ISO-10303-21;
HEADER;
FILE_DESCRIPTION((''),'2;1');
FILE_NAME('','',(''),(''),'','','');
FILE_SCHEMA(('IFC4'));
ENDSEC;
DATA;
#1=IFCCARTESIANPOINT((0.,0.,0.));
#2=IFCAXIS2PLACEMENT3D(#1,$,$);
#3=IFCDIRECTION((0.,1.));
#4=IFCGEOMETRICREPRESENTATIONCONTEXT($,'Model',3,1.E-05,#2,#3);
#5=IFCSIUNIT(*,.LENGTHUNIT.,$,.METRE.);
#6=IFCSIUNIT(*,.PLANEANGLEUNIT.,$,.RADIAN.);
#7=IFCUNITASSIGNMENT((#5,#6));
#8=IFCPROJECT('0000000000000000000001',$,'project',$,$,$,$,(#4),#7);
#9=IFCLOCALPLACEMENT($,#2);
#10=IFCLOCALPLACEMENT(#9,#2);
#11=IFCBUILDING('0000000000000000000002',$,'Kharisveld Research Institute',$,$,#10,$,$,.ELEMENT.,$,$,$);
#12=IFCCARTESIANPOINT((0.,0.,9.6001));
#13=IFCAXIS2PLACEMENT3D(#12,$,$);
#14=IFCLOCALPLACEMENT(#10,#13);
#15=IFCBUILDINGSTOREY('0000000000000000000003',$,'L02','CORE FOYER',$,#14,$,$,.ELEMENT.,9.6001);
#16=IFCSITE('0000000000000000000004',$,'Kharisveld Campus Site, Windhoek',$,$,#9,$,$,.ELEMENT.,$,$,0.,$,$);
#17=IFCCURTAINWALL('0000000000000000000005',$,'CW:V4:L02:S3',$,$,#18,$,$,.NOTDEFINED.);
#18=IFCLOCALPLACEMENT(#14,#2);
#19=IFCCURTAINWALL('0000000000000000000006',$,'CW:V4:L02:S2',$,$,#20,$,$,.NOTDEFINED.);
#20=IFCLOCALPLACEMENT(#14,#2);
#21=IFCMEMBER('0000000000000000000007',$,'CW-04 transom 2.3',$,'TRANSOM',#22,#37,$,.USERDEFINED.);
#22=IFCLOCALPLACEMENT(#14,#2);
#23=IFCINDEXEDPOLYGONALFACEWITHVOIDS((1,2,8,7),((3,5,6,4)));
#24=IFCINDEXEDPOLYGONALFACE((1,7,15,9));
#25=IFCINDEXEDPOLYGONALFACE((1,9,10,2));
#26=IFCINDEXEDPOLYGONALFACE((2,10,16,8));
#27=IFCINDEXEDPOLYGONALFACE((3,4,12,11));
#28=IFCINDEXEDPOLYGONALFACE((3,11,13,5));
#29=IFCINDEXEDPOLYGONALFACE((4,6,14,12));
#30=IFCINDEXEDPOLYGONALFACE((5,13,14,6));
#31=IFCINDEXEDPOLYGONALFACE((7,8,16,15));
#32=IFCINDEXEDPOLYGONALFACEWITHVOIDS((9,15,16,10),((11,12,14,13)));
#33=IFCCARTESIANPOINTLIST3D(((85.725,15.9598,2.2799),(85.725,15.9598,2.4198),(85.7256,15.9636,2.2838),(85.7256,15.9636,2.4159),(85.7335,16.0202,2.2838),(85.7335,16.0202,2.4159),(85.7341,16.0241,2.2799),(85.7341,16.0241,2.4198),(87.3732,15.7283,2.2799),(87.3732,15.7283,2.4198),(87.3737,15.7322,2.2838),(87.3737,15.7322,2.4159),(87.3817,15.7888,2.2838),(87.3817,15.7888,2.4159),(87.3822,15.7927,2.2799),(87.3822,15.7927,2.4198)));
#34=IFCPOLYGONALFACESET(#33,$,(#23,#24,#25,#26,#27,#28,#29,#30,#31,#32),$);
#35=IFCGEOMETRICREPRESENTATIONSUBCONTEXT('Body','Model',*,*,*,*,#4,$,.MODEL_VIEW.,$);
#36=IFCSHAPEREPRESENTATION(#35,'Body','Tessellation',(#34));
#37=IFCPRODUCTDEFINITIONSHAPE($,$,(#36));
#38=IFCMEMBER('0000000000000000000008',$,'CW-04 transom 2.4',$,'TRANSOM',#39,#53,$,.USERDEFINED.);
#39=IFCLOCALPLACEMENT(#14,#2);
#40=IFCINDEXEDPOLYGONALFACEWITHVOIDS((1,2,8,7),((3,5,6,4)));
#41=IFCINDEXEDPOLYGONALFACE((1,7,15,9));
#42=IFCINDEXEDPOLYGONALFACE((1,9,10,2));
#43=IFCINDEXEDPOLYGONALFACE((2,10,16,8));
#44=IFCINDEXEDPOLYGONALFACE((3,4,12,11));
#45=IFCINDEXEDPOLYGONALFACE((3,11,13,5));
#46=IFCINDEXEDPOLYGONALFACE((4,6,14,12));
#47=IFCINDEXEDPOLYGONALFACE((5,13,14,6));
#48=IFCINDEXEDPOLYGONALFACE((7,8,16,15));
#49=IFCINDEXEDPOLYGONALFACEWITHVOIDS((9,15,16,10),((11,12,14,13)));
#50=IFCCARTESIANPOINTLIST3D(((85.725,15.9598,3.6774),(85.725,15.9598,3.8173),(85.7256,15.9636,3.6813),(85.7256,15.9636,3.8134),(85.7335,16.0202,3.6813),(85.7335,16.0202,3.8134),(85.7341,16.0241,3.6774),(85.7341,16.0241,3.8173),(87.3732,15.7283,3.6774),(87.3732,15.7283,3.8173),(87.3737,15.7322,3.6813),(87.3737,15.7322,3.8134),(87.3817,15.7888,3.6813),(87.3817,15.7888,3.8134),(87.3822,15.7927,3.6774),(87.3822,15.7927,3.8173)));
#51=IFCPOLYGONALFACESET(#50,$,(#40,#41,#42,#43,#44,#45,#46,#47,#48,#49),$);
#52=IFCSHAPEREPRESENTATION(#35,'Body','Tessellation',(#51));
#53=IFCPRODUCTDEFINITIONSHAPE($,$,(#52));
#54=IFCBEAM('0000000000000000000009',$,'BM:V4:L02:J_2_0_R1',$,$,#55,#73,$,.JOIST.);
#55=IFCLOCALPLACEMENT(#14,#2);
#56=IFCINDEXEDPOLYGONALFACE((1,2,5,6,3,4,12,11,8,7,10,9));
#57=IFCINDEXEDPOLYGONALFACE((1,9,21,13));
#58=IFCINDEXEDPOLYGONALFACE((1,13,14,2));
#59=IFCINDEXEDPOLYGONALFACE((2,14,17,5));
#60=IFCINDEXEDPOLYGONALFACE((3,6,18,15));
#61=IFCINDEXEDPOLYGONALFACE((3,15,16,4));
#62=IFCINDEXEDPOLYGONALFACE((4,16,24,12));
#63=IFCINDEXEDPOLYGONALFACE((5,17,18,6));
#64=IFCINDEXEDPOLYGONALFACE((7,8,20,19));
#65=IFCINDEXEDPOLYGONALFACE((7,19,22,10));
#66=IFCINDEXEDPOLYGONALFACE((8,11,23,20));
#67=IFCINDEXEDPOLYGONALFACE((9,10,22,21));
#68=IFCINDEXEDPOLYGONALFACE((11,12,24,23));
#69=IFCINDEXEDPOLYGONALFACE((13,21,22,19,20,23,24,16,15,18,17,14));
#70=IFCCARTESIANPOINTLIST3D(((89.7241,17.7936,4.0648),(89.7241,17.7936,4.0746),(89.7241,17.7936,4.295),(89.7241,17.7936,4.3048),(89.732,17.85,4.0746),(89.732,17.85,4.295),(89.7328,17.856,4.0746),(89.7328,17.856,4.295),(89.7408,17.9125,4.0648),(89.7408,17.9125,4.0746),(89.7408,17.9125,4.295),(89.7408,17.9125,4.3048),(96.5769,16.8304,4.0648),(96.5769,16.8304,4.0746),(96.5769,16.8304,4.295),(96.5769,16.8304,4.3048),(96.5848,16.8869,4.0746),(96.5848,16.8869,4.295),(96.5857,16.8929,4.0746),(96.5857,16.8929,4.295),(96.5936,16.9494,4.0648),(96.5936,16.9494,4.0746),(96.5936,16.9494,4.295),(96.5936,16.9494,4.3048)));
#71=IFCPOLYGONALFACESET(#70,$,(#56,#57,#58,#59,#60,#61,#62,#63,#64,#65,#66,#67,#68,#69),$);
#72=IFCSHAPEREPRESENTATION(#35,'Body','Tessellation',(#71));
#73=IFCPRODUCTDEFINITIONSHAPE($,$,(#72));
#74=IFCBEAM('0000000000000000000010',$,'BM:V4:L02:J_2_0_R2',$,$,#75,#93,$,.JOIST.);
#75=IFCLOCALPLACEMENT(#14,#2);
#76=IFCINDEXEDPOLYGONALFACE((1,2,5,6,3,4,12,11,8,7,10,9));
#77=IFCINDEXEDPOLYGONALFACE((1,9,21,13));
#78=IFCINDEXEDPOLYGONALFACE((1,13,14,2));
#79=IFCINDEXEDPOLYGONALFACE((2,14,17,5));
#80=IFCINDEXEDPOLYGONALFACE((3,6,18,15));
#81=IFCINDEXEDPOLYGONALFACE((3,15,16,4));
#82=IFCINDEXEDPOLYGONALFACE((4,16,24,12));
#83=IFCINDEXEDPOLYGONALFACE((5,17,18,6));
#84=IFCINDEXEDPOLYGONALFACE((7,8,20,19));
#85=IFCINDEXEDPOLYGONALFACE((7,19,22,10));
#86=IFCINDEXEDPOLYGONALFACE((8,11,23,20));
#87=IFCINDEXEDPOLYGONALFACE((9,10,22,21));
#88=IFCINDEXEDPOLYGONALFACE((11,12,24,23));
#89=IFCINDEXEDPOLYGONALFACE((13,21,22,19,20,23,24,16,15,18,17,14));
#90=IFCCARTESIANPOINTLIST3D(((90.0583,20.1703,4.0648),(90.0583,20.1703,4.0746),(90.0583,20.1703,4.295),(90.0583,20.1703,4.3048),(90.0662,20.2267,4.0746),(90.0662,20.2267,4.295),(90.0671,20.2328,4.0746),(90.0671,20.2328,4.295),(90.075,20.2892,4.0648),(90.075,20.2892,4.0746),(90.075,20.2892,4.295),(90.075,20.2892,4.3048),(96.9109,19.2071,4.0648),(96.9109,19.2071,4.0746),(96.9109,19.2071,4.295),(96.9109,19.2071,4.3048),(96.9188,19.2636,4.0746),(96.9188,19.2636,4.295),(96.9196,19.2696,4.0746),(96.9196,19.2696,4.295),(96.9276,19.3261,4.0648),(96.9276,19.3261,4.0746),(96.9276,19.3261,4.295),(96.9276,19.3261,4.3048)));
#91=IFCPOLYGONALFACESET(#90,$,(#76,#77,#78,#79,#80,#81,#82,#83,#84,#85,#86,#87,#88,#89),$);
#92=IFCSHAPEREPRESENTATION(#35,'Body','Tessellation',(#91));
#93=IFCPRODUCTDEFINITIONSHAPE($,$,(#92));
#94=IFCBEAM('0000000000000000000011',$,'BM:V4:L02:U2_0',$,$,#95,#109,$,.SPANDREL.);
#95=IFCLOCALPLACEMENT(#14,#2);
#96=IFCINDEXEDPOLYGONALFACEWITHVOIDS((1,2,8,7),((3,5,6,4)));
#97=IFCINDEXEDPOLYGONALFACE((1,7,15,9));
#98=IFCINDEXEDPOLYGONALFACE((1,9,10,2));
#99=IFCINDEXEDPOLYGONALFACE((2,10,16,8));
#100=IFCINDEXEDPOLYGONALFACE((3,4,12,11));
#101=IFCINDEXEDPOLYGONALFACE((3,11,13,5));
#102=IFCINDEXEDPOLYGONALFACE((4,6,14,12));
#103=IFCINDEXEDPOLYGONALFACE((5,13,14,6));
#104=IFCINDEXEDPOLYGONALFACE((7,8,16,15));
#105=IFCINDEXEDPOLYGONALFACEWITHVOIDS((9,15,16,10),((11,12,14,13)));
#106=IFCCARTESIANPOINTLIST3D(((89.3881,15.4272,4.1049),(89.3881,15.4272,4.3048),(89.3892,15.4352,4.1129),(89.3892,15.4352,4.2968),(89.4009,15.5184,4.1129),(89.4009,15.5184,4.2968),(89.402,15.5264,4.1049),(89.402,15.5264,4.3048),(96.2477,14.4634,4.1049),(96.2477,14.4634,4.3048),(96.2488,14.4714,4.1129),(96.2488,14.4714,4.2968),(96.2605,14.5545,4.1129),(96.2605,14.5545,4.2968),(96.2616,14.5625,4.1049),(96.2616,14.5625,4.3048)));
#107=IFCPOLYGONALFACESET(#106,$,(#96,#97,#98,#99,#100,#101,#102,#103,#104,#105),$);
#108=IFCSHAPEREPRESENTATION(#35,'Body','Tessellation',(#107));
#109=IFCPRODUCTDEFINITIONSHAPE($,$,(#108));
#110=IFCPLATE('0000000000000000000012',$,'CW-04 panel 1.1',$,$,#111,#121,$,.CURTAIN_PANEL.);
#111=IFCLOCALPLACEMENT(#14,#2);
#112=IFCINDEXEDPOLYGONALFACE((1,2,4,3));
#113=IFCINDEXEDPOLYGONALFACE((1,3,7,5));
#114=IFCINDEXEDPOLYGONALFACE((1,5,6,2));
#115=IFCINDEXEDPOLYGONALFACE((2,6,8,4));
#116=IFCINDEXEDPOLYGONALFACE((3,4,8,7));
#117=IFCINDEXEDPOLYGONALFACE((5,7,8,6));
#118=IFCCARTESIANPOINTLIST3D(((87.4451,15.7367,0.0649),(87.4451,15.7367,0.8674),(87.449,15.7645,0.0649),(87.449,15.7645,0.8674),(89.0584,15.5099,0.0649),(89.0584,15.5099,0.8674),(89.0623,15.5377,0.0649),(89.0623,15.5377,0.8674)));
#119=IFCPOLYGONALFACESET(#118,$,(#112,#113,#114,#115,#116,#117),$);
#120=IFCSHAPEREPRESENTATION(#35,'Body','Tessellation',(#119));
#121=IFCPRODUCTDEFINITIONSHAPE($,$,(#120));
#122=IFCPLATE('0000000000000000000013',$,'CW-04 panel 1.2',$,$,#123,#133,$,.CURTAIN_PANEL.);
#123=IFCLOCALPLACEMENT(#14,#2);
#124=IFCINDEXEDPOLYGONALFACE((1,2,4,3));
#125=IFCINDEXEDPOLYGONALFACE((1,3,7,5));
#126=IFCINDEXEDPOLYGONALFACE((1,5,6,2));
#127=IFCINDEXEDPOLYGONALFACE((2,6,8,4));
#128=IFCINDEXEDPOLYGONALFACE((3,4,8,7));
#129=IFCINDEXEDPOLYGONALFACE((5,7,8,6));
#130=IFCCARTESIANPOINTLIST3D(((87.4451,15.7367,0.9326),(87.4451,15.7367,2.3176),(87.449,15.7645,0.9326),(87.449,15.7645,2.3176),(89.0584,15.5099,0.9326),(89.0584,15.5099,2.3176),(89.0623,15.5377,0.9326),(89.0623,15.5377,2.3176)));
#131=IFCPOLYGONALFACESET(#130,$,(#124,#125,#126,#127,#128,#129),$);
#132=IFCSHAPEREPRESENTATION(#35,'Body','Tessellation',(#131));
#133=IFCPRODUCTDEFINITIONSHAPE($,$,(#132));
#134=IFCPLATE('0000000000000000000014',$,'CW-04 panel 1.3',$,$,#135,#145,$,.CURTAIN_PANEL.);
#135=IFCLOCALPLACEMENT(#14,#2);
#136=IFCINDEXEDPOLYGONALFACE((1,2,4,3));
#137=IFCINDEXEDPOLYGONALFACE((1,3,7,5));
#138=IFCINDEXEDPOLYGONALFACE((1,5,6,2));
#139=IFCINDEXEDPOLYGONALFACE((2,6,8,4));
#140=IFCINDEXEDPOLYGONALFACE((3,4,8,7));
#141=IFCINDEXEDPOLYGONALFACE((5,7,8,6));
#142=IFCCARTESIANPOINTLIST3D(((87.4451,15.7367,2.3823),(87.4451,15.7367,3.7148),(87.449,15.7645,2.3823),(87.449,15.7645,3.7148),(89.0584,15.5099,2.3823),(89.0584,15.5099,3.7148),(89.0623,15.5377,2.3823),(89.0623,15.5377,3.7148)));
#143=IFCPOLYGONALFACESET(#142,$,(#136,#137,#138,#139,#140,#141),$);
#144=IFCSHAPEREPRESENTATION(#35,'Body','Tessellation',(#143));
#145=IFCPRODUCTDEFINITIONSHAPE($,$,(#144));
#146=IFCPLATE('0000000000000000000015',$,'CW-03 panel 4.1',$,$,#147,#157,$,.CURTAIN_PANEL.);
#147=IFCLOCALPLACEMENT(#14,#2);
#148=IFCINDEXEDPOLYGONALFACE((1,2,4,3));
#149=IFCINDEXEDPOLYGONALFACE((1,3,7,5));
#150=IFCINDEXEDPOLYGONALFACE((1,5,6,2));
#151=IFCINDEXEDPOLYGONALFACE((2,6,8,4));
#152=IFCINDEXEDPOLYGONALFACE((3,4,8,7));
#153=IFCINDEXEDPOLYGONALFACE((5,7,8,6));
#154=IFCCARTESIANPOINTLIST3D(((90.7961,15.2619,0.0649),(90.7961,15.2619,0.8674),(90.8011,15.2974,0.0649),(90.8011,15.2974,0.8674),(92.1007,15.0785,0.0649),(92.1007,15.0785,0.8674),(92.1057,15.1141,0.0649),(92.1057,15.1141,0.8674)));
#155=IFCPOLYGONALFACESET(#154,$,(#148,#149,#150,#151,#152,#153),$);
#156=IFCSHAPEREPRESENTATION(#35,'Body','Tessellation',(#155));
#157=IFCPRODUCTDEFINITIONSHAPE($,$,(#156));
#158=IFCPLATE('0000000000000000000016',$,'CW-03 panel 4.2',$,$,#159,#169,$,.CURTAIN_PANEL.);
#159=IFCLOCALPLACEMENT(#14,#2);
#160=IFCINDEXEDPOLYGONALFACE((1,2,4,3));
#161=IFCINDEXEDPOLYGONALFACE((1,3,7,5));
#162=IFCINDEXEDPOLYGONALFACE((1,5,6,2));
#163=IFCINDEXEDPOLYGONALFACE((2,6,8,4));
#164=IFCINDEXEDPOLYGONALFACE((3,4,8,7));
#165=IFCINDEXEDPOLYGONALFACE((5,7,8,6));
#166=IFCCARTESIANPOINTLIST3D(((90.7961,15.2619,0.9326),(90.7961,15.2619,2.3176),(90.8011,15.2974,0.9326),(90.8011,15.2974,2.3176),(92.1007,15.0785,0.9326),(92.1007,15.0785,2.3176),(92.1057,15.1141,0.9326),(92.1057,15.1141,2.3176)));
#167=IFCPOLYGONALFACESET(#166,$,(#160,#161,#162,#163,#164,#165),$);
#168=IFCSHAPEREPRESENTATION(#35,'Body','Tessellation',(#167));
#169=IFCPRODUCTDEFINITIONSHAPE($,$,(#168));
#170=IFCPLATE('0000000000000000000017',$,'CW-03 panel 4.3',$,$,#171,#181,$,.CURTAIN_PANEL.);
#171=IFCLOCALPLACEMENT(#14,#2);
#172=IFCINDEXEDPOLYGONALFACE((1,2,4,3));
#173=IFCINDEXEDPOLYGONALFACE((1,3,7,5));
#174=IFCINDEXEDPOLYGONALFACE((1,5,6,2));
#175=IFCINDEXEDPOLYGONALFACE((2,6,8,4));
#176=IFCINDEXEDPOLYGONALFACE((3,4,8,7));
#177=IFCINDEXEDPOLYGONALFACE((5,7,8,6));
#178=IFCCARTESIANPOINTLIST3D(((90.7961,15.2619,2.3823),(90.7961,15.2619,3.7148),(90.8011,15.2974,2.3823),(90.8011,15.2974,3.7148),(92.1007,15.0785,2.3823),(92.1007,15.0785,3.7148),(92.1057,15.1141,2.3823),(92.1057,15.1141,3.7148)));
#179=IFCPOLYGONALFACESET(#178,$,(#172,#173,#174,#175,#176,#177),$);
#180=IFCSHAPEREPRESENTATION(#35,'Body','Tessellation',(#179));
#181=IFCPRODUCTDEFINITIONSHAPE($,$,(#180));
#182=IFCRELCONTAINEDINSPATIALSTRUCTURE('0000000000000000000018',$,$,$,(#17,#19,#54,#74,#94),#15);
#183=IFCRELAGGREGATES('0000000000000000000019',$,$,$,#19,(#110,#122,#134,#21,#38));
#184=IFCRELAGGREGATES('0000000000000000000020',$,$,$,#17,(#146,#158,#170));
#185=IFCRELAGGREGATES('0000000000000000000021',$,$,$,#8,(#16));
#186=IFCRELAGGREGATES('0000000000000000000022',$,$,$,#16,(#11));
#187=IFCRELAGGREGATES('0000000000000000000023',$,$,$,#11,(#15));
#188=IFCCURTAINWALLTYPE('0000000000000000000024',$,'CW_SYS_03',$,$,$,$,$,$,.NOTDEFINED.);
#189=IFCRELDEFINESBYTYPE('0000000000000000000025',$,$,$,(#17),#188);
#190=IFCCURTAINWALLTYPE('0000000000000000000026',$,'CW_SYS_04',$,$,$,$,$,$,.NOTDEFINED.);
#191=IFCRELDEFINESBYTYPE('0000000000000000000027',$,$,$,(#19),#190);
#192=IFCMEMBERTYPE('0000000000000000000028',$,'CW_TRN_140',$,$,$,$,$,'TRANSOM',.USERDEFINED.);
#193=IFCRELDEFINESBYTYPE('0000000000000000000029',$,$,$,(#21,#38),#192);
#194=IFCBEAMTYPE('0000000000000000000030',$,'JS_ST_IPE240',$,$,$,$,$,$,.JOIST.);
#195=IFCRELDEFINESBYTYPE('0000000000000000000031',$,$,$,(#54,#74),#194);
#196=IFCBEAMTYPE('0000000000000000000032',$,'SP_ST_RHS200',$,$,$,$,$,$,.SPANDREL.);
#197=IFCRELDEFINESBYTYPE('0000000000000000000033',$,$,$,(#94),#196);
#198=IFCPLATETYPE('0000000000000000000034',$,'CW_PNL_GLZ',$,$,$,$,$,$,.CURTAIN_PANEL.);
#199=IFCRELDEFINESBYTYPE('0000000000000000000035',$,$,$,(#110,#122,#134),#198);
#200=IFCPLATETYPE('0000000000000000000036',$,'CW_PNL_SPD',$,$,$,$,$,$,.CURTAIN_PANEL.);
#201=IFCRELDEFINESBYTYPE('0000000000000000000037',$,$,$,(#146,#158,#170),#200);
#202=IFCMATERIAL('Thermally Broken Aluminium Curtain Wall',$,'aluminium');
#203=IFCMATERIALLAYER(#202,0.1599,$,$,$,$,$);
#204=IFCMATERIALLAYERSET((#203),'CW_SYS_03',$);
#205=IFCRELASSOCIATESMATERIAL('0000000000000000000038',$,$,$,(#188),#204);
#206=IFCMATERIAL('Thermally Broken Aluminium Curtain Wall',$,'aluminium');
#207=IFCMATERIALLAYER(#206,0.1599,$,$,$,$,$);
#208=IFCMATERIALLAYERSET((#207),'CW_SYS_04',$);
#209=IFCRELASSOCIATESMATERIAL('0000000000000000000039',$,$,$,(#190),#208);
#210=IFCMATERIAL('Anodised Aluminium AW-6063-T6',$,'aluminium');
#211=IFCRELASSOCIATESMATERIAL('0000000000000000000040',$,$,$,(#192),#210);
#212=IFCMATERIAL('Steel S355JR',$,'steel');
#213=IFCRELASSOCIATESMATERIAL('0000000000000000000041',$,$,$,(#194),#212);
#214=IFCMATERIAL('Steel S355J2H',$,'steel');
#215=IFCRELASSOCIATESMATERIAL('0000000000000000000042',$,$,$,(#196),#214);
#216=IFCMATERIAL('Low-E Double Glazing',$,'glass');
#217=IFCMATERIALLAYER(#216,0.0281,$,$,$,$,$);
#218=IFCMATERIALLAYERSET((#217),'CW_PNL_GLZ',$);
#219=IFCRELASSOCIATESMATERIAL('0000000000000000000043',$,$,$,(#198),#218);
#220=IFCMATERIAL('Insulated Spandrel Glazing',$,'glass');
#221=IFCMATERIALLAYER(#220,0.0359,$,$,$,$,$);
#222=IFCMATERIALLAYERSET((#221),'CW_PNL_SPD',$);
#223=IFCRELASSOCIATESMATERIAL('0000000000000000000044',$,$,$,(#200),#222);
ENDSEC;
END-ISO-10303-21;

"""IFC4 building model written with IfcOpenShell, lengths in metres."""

from ifc_helpers import new_model, si_unit, direction, frame, origin, origin_2d, place, context, subcontext, project, spatial, rectangle, hollow_rectangle, i_section, extrude, material, layer, layer_set, material_profile, profile_set, type_object, element, aggregate, save


model = new_model("IFC4")

# Units and contexts
model_context = context("Model", 3, precision=1e-05, world=origin(), true_north=direction((0.0, 1.0)))
body_context = subcontext(model_context, "Body", "Model", "MODEL_VIEW")
ifc_project = project(units=[si_unit("LENGTHUNIT", "METRE"), si_unit("PLANEANGLEUNIT", "RADIAN")], contexts=[model_context])

# Site, building, storey
site_placement = place(None, origin())
site = spatial("IfcSite", under=ifc_project, at=site_placement, Name="Kharisveld Campus Site, Windhoek", CompositionType="ELEMENT", RefElevation=0.0)
building_placement = place(site_placement, origin())
building = spatial("IfcBuilding", under=site, at=building_placement, Name="Kharisveld Research Institute", CompositionType="ELEMENT")
storey_placement = place(building_placement, frame((0.0, 0.0, 9.6001)))
storey = spatial("IfcBuildingStorey", under=building, at=storey_placement, Name="L02", Description="CORE FOYER", CompositionType="ELEMENT", Elevation=9.6001)

# Curtain walls
ifc_material_1 = material(Name="Thermally Broken Aluminium Curtain Wall", Category="aluminium")
ifc_layer_1 = layer(ifc_material_1, 0.1599)
ifc_layer_set_1 = layer_set([ifc_layer_1], Name="CW_SYS_03")
curtain_wall_type_1 = type_object("IfcCurtainWallType", Name="CW_SYS_03", PredefinedType="NOTDEFINED", material=ifc_layer_set_1)
curtain_wall_1_placement = place(storey_placement, origin())
curtain_wall_1 = element("IfcCurtainWall", 1, at=curtain_wall_1_placement, inside=storey, type_object=curtain_wall_type_1, Name="CW:V4:L02:S3", PredefinedType="NOTDEFINED")
ifc_material_2 = material(Name="Thermally Broken Aluminium Curtain Wall", Category="aluminium")
ifc_layer_2 = layer(ifc_material_2, 0.1599)
ifc_layer_set_2 = layer_set([ifc_layer_2], Name="CW_SYS_04")
curtain_wall_type_2 = type_object("IfcCurtainWallType", Name="CW_SYS_04", PredefinedType="NOTDEFINED", material=ifc_layer_set_2)
curtain_wall_2_placement = place(storey_placement, origin())
curtain_wall_2 = element("IfcCurtainWall", 2, at=curtain_wall_2_placement, inside=storey, type_object=curtain_wall_type_2, Name="CW:V4:L02:S2", PredefinedType="NOTDEFINED")

# Members
ifc_material_3 = material(Name="Anodised Aluminium AW-6063-T6", Category="aluminium")
ifc_material_profile_1 = material_profile(ifc_material_3, hollow_rectangle(XDim=0.0649, YDim=0.1399, WallThickness=0.0039, at=origin_2d()))
ifc_profile_set_1 = profile_set([ifc_material_profile_1], Name="Anodised Aluminium AW-6063-T6")
member_type_1 = type_object("IfcMemberType", Name="CW_TRN_140", ElementType="TRANSOM", PredefinedType="USERDEFINED", material=ifc_profile_set_1)
member_1_placement = place(storey_placement, frame((87.3777, 15.7605, 2.3499), z_axis=(-0.990284, 0.139059, 0.0), x_axis=(-0.139059, -0.990284, 0.0)))
member_1 = element("IfcMember", 3, at=member_1_placement, type_object=member_type_1, Name="CW-04 transom 2.3", ObjectType="TRANSOM", PredefinedType="USERDEFINED", context=body_context, shape_type="SweptSolid", body=[
    extrude(hollow_rectangle(XDim=0.0649, YDim=0.1399, WallThickness=0.0039, at=origin_2d()), origin(), (0.0, 0.0, 1.0), 1.6643),
])
member_2_placement = place(storey_placement, frame((87.3777, 15.7605, 3.7473), z_axis=(-0.990284, 0.139059, 0.0), x_axis=(-0.139059, -0.990284, 0.0)))
member_2 = element("IfcMember", 4, at=member_2_placement, type_object=member_type_1, Name="CW-04 transom 2.4", ObjectType="TRANSOM", PredefinedType="USERDEFINED", context=body_context, shape_type="SweptSolid", body=[
    extrude(hollow_rectangle(XDim=0.0649, YDim=0.1399, WallThickness=0.0039, at=origin_2d()), origin(), (0.0, 0.0, 1.0), 1.6643),
])

# Beams
ifc_material_4 = material(Name="Steel S355JR", Category="steel")
ifc_material_profile_2 = material_profile(ifc_material_4, i_section(OverallWidth=0.1201, OverallDepth=0.24, WebThickness=0.0061, FlangeThickness=0.0098, at=origin_2d()))
ifc_profile_set_2 = profile_set([ifc_material_profile_2], Name="Steel S355JR")
beam_type_1 = type_object("IfcBeamType", Name="JS_ST_IPE240", PredefinedType="JOIST", material=ifc_profile_set_2)
beam_1_placement = place(storey_placement, frame((89.7324, 17.853, 4.1848), z_axis=(0.990267, -0.139179, 0.0), x_axis=(0.139179, 0.990267, 0.0)))
element("IfcBeam", 5, at=beam_1_placement, inside=storey, type_object=beam_type_1, Name="BM:V4:L02:J_2_0_R1", PredefinedType="JOIST", context=body_context, shape_type="SweptSolid", body=[
    extrude(i_section(OverallWidth=0.1201, OverallDepth=0.24, WebThickness=0.0061, FlangeThickness=0.0098, at=origin_2d()), origin(), (0.0, 0.0, 1.0), 6.9202),
])
beam_2_placement = place(storey_placement, frame((90.0667, 20.2297, 4.1848), z_axis=(0.990267, -0.139183, 0.0), x_axis=(0.139183, 0.990267, 0.0)))
element("IfcBeam", 6, at=beam_2_placement, inside=storey, type_object=beam_type_1, Name="BM:V4:L02:J_2_0_R2", PredefinedType="JOIST", context=body_context, shape_type="SweptSolid", body=[
    extrude(i_section(OverallWidth=0.1201, OverallDepth=0.24, WebThickness=0.0061, FlangeThickness=0.0098, at=origin_2d()), origin(), (0.0, 0.0, 1.0), 6.9199),
])
ifc_material_5 = material(Name="Steel S355J2H", Category="steel")
ifc_material_profile_3 = material_profile(ifc_material_5, hollow_rectangle(XDim=0.1001, YDim=0.2, WallThickness=0.0081, at=origin_2d()))
ifc_profile_set_3 = profile_set([ifc_material_profile_3], Name="Steel S355J2H")
beam_type_2 = type_object("IfcBeamType", Name="SP_ST_RHS200", PredefinedType="SPANDREL", material=ifc_profile_set_3)
beam_3_placement = place(storey_placement, frame((89.395, 15.4768, 4.2048), z_axis=(0.990272, -0.139146, 0.0), x_axis=(0.139146, 0.990272, 0.0)))
element("IfcBeam", 7, at=beam_3_placement, inside=storey, type_object=beam_type_2, Name="BM:V4:L02:U2_0", PredefinedType="SPANDREL", context=body_context, shape_type="SweptSolid", body=[
    extrude(hollow_rectangle(XDim=0.1001, YDim=0.2, WallThickness=0.0081, at=origin_2d()), origin(), (0.0, 0.0, 1.0), 6.927),
])

# Plates
ifc_material_6 = material(Name="Low-E Double Glazing", Category="glass")
ifc_layer_3 = layer(ifc_material_6, 0.0281)
ifc_layer_set_3 = layer_set([ifc_layer_3], Name="CW_PNL_GLZ")
plate_type_1 = type_object("IfcPlateType", Name="CW_PNL_GLZ", PredefinedType="CURTAIN_PANEL", material=ifc_layer_set_3)
plate_1_placement = place(storey_placement, frame((88.2537, 15.6372, 0.0649), z_axis=(0.0, 0.0, 1.0), x_axis=(-0.990268, 0.139173, 0.0)))
plate_1 = element("IfcPlate", 8, at=plate_1_placement, type_object=plate_type_1, Name="CW-04 panel 1.1", PredefinedType="CURTAIN_PANEL", context=body_context, shape_type="SweptSolid", body=[
    extrude(rectangle(XDim=1.6292, YDim=0.0281, at=origin_2d()), origin(), (0.0, 0.0, 1.0), 0.8025),
])
plate_2_placement = place(storey_placement, frame((88.2537, 15.6372, 0.9326), z_axis=(0.0, 0.0, 1.0), x_axis=(-0.990268, 0.139173, 0.0)))
plate_2 = element("IfcPlate", 9, at=plate_2_placement, type_object=plate_type_1, Name="CW-04 panel 1.2", PredefinedType="CURTAIN_PANEL", context=body_context, shape_type="SweptSolid", body=[
    extrude(rectangle(XDim=1.6292, YDim=0.0281, at=origin_2d()), origin(), (0.0, 0.0, 1.0), 1.385),
])
plate_3_placement = place(storey_placement, frame((88.2537, 15.6372, 2.3823), z_axis=(0.0, 0.0, 1.0), x_axis=(-0.990268, 0.139173, 0.0)))
plate_3 = element("IfcPlate", 10, at=plate_3_placement, type_object=plate_type_1, Name="CW-04 panel 1.3", PredefinedType="CURTAIN_PANEL", context=body_context, shape_type="SweptSolid", body=[
    extrude(rectangle(XDim=1.6292, YDim=0.0281, at=origin_2d()), origin(), (0.0, 0.0, 1.0), 1.3325),
])
aggregate(curtain_wall_2, [plate_1, plate_2, plate_3, member_1, member_2])
ifc_material_7 = material(Name="Insulated Spandrel Glazing", Category="glass")
ifc_layer_4 = layer(ifc_material_7, 0.0359)
ifc_layer_set_4 = layer_set([ifc_layer_4], Name="CW_PNL_SPD")
plate_type_2 = type_object("IfcPlateType", Name="CW_PNL_SPD", PredefinedType="CURTAIN_PANEL", material=ifc_layer_set_4)
plate_4_placement = place(storey_placement, frame((91.4509, 15.188, 0.0649), z_axis=(0.0, 0.0, 1.0), x_axis=(-0.990268, 0.139173, 0.0)))
plate_4 = element("IfcPlate", 11, at=plate_4_placement, type_object=plate_type_2, Name="CW-03 panel 4.1", PredefinedType="CURTAIN_PANEL", context=body_context, shape_type="SweptSolid", body=[
    extrude(rectangle(XDim=1.3174, YDim=0.0359, at=origin_2d()), origin(), (0.0, 0.0, 1.0), 0.8025),
])
plate_5_placement = place(storey_placement, frame((91.4509, 15.188, 0.9326), z_axis=(0.0, 0.0, 1.0), x_axis=(-0.990268, 0.139173, 0.0)))
plate_5 = element("IfcPlate", 12, at=plate_5_placement, type_object=plate_type_2, Name="CW-03 panel 4.2", PredefinedType="CURTAIN_PANEL", context=body_context, shape_type="SweptSolid", body=[
    extrude(rectangle(XDim=1.3174, YDim=0.0359, at=origin_2d()), origin(), (0.0, 0.0, 1.0), 1.385),
])
plate_6_placement = place(storey_placement, frame((91.4509, 15.188, 2.3823), z_axis=(0.0, 0.0, 1.0), x_axis=(-0.990268, 0.139173, 0.0)))
plate_6 = element("IfcPlate", 13, at=plate_6_placement, type_object=plate_type_2, Name="CW-03 panel 4.3", PredefinedType="CURTAIN_PANEL", context=body_context, shape_type="SweptSolid", body=[
    extrude(rectangle(XDim=1.3174, YDim=0.0359, at=origin_2d()), origin(), (0.0, 0.0, 1.0), 1.3325),
])
aggregate(curtain_wall_1, [plate_4, plate_5, plate_6])

save(model, "model.ifc")
